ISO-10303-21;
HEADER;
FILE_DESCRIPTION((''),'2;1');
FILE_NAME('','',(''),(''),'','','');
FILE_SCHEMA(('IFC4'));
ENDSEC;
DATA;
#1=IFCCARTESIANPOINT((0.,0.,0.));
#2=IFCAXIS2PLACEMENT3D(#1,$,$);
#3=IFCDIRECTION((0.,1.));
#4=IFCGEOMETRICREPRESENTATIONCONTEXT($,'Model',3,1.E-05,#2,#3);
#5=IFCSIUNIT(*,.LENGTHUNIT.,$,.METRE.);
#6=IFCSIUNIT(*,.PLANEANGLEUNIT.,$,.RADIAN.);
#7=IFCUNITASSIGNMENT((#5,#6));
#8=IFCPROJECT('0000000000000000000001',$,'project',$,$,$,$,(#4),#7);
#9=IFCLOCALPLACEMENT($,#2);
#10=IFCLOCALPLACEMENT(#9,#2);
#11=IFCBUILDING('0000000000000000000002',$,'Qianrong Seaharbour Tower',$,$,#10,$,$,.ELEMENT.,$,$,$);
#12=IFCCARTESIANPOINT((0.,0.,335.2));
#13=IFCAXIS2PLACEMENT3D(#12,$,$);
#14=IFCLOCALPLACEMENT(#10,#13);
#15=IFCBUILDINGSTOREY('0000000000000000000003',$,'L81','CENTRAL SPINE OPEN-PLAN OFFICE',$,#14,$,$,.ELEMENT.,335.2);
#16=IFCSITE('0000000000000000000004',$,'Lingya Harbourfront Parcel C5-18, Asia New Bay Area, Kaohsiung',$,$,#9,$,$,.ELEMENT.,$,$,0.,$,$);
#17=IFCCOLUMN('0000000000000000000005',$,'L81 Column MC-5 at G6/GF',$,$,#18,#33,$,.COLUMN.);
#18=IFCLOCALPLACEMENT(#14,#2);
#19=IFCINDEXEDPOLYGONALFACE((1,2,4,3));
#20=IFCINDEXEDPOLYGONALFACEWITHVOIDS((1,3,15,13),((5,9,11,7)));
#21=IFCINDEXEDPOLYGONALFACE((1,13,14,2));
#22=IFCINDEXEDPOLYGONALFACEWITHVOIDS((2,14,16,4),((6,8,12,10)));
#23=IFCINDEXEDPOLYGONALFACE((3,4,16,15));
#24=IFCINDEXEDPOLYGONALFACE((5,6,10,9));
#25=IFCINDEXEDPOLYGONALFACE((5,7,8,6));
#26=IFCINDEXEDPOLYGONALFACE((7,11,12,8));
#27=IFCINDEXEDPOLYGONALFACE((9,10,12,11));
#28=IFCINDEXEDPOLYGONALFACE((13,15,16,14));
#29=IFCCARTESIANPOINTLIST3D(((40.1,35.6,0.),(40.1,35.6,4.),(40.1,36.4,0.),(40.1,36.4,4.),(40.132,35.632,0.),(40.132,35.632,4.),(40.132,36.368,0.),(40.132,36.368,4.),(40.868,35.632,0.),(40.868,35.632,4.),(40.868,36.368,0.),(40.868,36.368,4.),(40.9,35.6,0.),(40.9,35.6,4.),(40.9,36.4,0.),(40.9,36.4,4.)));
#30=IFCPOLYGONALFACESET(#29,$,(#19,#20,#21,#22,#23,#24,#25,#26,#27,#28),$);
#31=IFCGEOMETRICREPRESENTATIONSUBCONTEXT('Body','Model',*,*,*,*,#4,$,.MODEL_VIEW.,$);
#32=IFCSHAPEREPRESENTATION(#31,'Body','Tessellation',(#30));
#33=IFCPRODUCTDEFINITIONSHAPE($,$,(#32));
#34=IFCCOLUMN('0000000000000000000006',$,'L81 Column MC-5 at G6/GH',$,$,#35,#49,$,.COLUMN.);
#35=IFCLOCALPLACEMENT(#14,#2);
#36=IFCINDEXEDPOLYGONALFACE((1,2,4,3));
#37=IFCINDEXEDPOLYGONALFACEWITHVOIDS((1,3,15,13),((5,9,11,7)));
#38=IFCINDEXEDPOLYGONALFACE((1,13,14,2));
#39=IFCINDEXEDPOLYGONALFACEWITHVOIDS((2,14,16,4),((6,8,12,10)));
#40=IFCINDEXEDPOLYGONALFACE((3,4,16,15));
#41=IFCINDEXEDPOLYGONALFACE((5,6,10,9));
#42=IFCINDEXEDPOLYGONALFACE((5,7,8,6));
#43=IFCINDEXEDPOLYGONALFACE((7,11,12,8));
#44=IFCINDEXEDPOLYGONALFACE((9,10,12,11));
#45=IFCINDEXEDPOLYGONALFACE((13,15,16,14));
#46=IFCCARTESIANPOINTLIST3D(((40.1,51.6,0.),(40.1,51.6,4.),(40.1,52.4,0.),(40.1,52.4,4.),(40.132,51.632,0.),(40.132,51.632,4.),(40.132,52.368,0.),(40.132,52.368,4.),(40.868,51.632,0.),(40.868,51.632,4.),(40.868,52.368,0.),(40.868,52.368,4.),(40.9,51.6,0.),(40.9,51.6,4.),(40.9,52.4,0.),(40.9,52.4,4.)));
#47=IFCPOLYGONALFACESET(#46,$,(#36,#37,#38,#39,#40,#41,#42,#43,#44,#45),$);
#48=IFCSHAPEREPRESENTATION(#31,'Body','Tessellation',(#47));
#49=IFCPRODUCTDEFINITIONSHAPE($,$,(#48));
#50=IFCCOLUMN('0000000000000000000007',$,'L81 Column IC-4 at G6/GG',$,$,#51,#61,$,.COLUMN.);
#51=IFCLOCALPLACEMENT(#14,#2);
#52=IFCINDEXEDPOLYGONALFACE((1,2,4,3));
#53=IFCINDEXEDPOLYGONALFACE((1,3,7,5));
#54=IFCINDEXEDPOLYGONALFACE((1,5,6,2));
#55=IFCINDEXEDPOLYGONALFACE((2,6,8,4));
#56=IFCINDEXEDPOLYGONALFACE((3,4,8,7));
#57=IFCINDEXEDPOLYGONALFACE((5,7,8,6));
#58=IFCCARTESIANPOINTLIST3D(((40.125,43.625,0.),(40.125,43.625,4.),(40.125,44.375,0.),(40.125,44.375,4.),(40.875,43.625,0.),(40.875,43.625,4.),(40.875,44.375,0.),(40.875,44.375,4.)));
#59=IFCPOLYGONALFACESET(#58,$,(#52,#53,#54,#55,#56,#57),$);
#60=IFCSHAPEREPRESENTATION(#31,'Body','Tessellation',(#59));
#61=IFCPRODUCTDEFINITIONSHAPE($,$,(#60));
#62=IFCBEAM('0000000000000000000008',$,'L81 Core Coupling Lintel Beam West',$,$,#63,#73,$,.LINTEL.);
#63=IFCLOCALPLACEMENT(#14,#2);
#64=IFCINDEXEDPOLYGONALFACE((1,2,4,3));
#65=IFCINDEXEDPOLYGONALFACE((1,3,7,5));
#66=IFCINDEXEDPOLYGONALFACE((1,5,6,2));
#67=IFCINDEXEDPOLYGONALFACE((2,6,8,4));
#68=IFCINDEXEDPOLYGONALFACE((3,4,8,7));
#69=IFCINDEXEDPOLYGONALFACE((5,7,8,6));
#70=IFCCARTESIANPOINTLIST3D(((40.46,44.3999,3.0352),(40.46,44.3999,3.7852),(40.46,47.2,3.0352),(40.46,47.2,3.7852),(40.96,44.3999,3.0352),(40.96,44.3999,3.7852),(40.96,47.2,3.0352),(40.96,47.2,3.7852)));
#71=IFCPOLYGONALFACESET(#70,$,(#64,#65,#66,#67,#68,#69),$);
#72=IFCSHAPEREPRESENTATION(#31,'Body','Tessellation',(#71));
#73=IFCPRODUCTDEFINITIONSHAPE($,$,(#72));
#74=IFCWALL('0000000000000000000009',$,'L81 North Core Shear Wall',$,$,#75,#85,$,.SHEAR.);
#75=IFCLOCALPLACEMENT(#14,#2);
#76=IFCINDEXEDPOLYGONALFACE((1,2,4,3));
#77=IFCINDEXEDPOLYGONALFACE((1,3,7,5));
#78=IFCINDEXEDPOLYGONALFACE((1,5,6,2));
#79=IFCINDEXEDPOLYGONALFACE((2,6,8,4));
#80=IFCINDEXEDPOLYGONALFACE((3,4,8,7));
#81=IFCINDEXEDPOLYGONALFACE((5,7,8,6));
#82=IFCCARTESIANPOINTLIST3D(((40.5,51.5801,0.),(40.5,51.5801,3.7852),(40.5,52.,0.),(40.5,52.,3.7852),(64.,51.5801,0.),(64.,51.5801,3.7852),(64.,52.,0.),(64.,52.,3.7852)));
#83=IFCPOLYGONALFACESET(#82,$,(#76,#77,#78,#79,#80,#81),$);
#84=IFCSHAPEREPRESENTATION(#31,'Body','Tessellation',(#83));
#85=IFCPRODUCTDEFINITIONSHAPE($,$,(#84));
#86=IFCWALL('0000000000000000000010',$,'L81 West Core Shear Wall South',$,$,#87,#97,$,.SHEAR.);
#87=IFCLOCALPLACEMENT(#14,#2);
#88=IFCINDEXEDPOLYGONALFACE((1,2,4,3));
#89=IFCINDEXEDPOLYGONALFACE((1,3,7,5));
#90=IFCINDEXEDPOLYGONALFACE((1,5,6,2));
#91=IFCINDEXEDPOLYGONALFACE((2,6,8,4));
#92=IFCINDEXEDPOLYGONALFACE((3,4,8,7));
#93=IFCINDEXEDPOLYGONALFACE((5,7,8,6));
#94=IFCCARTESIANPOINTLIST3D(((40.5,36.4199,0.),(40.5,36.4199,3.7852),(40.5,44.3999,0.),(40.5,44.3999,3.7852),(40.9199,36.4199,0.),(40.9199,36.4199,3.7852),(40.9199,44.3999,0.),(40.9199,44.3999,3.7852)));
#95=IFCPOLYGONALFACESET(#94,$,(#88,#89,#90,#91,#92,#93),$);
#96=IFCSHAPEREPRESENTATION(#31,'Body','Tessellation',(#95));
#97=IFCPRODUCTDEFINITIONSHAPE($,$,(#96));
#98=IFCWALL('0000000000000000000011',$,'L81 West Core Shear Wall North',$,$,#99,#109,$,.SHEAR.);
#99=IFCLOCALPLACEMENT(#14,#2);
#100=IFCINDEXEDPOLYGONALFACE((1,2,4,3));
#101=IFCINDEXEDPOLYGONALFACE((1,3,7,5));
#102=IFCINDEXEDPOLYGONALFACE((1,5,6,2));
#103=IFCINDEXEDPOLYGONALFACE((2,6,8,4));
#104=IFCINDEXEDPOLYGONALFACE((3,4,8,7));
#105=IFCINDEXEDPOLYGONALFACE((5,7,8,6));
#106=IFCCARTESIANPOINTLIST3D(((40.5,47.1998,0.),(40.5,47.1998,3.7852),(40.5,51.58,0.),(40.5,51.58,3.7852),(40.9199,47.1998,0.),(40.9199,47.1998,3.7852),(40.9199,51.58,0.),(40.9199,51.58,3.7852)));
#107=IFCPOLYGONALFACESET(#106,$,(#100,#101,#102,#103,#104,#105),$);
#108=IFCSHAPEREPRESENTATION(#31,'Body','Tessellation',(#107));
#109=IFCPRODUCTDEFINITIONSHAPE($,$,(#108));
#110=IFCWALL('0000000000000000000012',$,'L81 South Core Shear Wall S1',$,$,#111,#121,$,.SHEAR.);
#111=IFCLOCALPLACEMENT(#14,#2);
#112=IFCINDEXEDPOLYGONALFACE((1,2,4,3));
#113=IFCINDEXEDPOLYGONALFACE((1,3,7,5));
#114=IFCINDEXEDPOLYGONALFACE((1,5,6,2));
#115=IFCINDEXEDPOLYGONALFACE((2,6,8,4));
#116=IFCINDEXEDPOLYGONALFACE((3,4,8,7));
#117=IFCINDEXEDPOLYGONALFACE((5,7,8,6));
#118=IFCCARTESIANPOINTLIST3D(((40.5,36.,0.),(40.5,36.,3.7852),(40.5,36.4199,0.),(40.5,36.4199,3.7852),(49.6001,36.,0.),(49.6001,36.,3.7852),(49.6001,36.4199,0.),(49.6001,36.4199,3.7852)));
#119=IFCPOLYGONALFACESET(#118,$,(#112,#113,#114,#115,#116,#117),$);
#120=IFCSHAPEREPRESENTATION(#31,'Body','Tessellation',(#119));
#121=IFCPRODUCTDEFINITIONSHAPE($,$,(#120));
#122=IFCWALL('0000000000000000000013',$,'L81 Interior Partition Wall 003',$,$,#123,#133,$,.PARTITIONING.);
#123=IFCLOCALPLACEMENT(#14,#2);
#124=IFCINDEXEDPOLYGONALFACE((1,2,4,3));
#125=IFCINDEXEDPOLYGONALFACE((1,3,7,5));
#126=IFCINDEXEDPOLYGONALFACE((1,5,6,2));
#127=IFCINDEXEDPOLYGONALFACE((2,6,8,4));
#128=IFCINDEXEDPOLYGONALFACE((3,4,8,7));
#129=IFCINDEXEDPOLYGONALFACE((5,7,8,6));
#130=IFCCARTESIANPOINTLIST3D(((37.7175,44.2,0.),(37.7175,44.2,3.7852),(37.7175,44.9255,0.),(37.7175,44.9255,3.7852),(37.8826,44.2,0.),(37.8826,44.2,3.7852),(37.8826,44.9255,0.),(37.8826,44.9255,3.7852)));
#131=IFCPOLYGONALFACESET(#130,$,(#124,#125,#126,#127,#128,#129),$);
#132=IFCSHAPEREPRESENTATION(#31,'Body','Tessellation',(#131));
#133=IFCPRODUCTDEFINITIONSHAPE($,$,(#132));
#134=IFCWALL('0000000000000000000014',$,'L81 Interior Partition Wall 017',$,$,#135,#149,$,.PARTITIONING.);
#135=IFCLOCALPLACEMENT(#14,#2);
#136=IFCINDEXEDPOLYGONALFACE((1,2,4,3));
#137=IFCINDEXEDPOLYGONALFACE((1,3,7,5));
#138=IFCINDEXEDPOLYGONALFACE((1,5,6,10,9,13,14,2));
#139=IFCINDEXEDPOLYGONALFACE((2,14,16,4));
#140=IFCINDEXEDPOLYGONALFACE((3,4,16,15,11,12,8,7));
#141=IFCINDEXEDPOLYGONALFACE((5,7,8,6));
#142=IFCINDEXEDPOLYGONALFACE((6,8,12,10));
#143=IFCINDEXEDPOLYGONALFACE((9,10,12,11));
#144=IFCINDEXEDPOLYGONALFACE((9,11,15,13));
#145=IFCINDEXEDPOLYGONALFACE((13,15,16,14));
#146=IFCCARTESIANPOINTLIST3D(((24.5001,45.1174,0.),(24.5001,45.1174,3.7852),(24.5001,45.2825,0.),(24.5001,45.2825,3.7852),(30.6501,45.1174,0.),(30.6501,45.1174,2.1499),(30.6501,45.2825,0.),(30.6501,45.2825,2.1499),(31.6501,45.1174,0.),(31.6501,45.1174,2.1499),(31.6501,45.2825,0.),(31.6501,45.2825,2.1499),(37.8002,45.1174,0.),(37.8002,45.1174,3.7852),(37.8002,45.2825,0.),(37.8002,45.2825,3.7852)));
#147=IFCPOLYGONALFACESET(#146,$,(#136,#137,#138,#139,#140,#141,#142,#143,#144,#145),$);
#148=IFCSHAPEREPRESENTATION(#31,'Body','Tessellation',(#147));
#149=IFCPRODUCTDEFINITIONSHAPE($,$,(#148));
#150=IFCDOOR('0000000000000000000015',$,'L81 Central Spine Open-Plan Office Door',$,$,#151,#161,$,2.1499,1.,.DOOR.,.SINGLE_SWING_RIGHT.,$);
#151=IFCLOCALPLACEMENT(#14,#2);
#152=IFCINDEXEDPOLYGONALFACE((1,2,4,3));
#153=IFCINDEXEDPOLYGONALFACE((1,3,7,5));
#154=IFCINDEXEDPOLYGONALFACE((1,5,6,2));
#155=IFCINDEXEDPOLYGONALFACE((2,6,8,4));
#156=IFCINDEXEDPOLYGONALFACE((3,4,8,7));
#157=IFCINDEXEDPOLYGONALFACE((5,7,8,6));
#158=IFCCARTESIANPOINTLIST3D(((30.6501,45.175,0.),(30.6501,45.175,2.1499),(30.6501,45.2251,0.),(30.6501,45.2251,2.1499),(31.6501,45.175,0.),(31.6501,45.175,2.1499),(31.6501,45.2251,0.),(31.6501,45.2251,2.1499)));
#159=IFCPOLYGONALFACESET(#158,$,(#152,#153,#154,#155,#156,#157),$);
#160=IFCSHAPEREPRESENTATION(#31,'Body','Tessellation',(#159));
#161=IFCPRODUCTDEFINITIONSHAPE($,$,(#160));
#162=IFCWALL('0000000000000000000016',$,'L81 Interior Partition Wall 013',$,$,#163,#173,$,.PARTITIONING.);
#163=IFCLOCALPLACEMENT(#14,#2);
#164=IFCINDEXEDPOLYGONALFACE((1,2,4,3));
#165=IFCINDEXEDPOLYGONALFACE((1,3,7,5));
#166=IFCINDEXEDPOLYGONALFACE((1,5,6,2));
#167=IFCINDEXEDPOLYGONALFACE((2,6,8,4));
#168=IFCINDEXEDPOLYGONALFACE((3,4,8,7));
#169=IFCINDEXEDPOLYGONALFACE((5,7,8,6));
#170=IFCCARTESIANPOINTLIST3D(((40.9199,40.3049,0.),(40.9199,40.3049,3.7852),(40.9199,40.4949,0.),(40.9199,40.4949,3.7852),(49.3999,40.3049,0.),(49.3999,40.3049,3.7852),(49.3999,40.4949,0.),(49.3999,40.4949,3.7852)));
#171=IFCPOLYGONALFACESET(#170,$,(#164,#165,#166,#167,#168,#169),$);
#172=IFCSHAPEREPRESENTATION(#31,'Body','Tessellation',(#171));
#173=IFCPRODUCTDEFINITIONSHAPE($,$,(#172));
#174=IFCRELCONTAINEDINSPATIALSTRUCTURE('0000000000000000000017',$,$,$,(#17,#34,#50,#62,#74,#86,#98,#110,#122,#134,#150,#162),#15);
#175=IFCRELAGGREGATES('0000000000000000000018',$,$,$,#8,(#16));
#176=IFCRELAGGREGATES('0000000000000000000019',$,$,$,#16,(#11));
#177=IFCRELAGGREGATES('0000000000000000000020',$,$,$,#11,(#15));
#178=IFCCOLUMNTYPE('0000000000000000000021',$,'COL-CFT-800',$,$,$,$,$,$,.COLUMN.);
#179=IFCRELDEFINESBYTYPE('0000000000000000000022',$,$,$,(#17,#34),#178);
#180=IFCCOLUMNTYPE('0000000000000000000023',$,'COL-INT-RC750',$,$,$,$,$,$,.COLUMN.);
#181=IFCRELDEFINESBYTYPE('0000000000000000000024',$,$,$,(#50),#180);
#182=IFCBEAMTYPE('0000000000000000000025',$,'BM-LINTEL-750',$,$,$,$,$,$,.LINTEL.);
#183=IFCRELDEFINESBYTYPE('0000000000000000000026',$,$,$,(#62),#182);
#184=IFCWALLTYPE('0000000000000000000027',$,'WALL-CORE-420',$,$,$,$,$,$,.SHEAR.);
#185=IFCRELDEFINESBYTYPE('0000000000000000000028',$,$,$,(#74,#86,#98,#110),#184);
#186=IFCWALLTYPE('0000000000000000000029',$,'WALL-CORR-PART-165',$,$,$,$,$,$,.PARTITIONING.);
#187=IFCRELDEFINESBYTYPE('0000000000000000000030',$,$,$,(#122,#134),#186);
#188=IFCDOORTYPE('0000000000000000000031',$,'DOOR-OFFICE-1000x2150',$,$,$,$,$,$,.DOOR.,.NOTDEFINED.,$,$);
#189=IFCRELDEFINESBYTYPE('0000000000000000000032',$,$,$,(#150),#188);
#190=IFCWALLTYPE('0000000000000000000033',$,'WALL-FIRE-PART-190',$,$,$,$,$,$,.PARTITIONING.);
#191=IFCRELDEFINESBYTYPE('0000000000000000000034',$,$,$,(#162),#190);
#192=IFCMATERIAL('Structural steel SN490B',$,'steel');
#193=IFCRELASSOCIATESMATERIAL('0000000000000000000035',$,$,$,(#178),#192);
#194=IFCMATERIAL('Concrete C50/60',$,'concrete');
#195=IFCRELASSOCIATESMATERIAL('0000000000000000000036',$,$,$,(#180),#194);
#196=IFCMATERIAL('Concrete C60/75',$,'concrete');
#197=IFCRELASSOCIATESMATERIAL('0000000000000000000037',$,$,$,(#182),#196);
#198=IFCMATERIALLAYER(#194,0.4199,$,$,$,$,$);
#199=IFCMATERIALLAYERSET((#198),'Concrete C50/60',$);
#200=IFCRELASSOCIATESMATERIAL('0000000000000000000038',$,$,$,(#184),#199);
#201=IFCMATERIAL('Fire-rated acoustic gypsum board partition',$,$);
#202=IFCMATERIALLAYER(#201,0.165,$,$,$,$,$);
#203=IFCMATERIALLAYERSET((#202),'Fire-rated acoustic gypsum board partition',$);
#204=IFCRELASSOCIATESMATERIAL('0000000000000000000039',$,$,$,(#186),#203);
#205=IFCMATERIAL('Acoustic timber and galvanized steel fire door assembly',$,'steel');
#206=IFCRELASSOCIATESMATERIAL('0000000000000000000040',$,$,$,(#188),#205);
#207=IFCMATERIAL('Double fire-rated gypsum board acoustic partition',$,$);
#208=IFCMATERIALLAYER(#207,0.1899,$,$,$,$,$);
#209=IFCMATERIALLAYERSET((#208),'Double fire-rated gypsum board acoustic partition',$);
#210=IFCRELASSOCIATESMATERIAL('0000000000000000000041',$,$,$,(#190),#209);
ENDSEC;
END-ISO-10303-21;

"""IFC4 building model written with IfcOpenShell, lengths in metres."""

from ifc_helpers import new_model, si_unit, direction, frame, frame_2d, origin, origin_2d, place, context, subcontext, project, spatial, rectangle, hollow_rectangle, extrude, material, layer, layer_set, material_profile, profile_set, type_object, element, fill, save


model = new_model("IFC4")

# Units and contexts
model_context = context("Model", 3, precision=1e-05, world=origin(), true_north=direction((0.0, 1.0)))
body_context = subcontext(model_context, "Body", "Model", "MODEL_VIEW")
ifc_project = project(units=[si_unit("LENGTHUNIT", "METRE"), si_unit("PLANEANGLEUNIT", "RADIAN")], contexts=[model_context])

# Site, building, storey
site_placement = place(None, origin())
site = spatial("IfcSite", under=ifc_project, at=site_placement, Name="Lingya Harbourfront Parcel C5-18, Asia New Bay Area, Kaohsiung", CompositionType="ELEMENT", RefElevation=0.0)
building_placement = place(site_placement, origin())
building = spatial("IfcBuilding", under=site, at=building_placement, Name="Qianrong Seaharbour Tower", CompositionType="ELEMENT")
storey_placement = place(building_placement, frame((0.0, 0.0, 335.2)))
storey = spatial("IfcBuildingStorey", under=building, at=storey_placement, Name="L81", Description="CENTRAL SPINE OPEN-PLAN OFFICE", CompositionType="ELEMENT", Elevation=335.2)

# Columns
ifc_material_1 = material(Name="Structural steel SN490B", Category="steel")
ifc_material_profile_1 = material_profile(ifc_material_1, hollow_rectangle(XDim=0.8, YDim=0.8, WallThickness=0.032, at=origin_2d()), Name="BOX800x800x32")
ifc_profile_set_1 = profile_set([ifc_material_profile_1], Name="Structural steel SN490B")
column_type_1 = type_object("IfcColumnType", Name="COL-CFT-800", PredefinedType="COLUMN", material=ifc_profile_set_1)
for number, where, z_axis, x_axis, name in (
    (1, (40.5, 36.0, 0.0), (0.0, 0.0, 1.0), (1.0, 0.0, 0.0), "L81 Column MC-5 at G6/GF"),
    (2, (40.5, 52.0, 0.0), (0.0, 0.0, 1.0), (1.0, 0.0, 0.0), "L81 Column MC-5 at G6/GH"),
):
    element("IfcColumn", number, at=place(storey_placement, frame(where, z_axis=z_axis, x_axis=x_axis)), inside=storey, type_object=column_type_1, Name=name, PredefinedType="COLUMN", context=body_context, shape_type="SweptSolid", body=[
        extrude(hollow_rectangle(XDim=0.8, YDim=0.8, WallThickness=0.032, at=origin_2d()), origin(), (0.0, 0.0, 1.0), 4.0),
    ])
ifc_material_2 = material(Name="Concrete C50/60", Category="concrete")
ifc_material_profile_2 = material_profile(ifc_material_2, rectangle(XDim=0.75, YDim=0.75, at=origin_2d()), Name="RC750x750")
ifc_profile_set_2 = profile_set([ifc_material_profile_2], Name="Concrete C50/60")
column_type_2 = type_object("IfcColumnType", Name="COL-INT-RC750", PredefinedType="COLUMN", material=ifc_profile_set_2)
column_placement = place(storey_placement, frame((40.5, 44.0, 0.0), z_axis=(0.0, 0.0, 1.0), x_axis=(1.0, 0.0, 0.0)))
element("IfcColumn", 3, at=column_placement, inside=storey, type_object=column_type_2, Name="L81 Column IC-4 at G6/GG", PredefinedType="COLUMN", context=body_context, shape_type="SweptSolid", body=[
    extrude(rectangle(XDim=0.75, YDim=0.75, at=origin_2d()), origin(), (0.0, 0.0, 1.0), 4.0),
])

# Beam
ifc_material_3 = material(Name="Concrete C60/75", Category="concrete")
ifc_material_profile_3 = material_profile(ifc_material_3, rectangle(XDim=0.5, YDim=0.75, at=origin_2d()), Name="RC500x750")
ifc_profile_set_3 = profile_set([ifc_material_profile_3], Name="Concrete C60/75")
beam_type = type_object("IfcBeamType", Name="BM-LINTEL-750", PredefinedType="LINTEL", material=ifc_profile_set_3)
beam_placement = place(storey_placement, frame((40.71, 44.3999, 3.4102), z_axis=(0.0, 1.0, 0.0), x_axis=(-1.0, 0.0, 0.0)))
element("IfcBeam", 4, at=beam_placement, inside=storey, type_object=beam_type, Name="L81 Core Coupling Lintel Beam West", PredefinedType="LINTEL", context=body_context, shape_type="SweptSolid", body=[
    extrude(rectangle(XDim=0.5, YDim=0.75, at=origin_2d()), origin(), (0.0, 0.0, 1.0), 2.8),
])

# Walls
ifc_layer_1 = layer(ifc_material_2, 0.4199)
ifc_layer_set_1 = layer_set([ifc_layer_1], Name="Concrete C50/60")
wall_type_1 = type_object("IfcWallType", Name="WALL-CORE-420", PredefinedType="SHEAR", material=ifc_layer_set_1)
wall_1_placement = place(storey_placement, frame((40.5, 51.79, 0.0), z_axis=(0.0, 0.0, 1.0), x_axis=(1.0, 0.0, 0.0)))
element("IfcWall", 5, at=wall_1_placement, inside=storey, type_object=wall_type_1, Name="L81 North Core Shear Wall", PredefinedType="SHEAR", context=body_context, shape_type="SweptSolid", body=[
    extrude(rectangle(XDim=23.5, YDim=0.4199, at=frame_2d((11.75, 0.0))), origin(), (0.0, 0.0, 1.0), 3.7852),
])
wall_2_placement = place(storey_placement, frame((40.71, 36.4199, 0.0), z_axis=(0.0, 0.0, 1.0), x_axis=(0.0, 1.0, 0.0)))
element("IfcWall", 6, at=wall_2_placement, inside=storey, type_object=wall_type_1, Name="L81 West Core Shear Wall South", PredefinedType="SHEAR", context=body_context, shape_type="SweptSolid", body=[
    extrude(rectangle(XDim=7.98, YDim=0.4199, at=frame_2d((3.99, 0.0))), origin(), (0.0, 0.0, 1.0), 3.7852),
])
wall_3_placement = place(storey_placement, frame((40.71, 47.2, 0.0), z_axis=(0.0, 0.0, 1.0), x_axis=(0.0, 1.0, 0.0)))
element("IfcWall", 7, at=wall_3_placement, inside=storey, type_object=wall_type_1, Name="L81 West Core Shear Wall North", PredefinedType="SHEAR", context=body_context, shape_type="SweptSolid", body=[
    extrude(rectangle(XDim=4.3801, YDim=0.4199, at=frame_2d((2.1899, 0.0))), origin(), (0.0, 0.0, 1.0), 3.7852),
])
wall_4_placement = place(storey_placement, frame((40.5, 36.21, 0.0), z_axis=(0.0, 0.0, 1.0), x_axis=(1.0, 0.0, 0.0)))
element("IfcWall", 8, at=wall_4_placement, inside=storey, type_object=wall_type_1, Name="L81 South Core Shear Wall S1", PredefinedType="SHEAR", context=body_context, shape_type="SweptSolid", body=[
    extrude(rectangle(XDim=9.1001, YDim=0.4199, at=frame_2d((4.55, 0.0))), origin(), (0.0, 0.0, 1.0), 3.7852),
])

# Shared definitions
ifc_material_4 = material(Name="Fire-rated acoustic gypsum board partition")
ifc_layer_2 = layer(ifc_material_4, 0.165)
ifc_layer_set_2 = layer_set([ifc_layer_2], Name="Fire-rated acoustic gypsum board partition")
wall_type_2 = type_object("IfcWallType", Name="WALL-CORR-PART-165", PredefinedType="PARTITIONING", material=ifc_layer_set_2)
ifc_material_5 = material(Name="Acoustic timber and galvanized steel fire door assembly", Category="steel")

# Wall
wall_5_placement = place(storey_placement, frame((37.8, 44.2, 0.0), z_axis=(0.0, 0.0, 1.0), x_axis=(0.0, 1.0, 0.0)))
element("IfcWall", 9, at=wall_5_placement, inside=storey, type_object=wall_type_2, Name="L81 Interior Partition Wall 003", PredefinedType="PARTITIONING", context=body_context, shape_type="SweptSolid", body=[
    extrude(rectangle(XDim=0.7256, YDim=0.165, at=frame_2d((0.3628, 0.0))), origin(), (0.0, 0.0, 1.0), 3.7852),
])

# Wall, opening, door
wall_6_placement = place(storey_placement, frame((37.8, 45.2, 0.0), z_axis=(0.0, 0.0, 1.0), x_axis=(-1.0, 0.0, 0.0)))
wall_6 = element("IfcWall", 10, at=wall_6_placement, inside=storey, type_object=wall_type_2, Name="L81 Interior Partition Wall 017", PredefinedType="PARTITIONING", context=body_context, shape_type="SweptSolid", body=[
    extrude(rectangle(XDim=13.3, YDim=0.165, at=frame_2d((6.6499, 0.0))), origin(), (0.0, 0.0, 1.0), 3.7852),
])
opening_1_placement = place(wall_6_placement, frame((6.1499, 0.0, 0.0)))
opening_1 = element("IfcOpeningElement", 11, at=opening_1_placement, cuts=wall_6, PredefinedType="OPENING", context=body_context, shape_type="SweptSolid", body=[
    extrude(rectangle(XDim=1.0, YDim=2.1499, at=frame_2d((0.5, 1.075))), frame((0.0, 0.0925, 0.0), z_axis=(0.0, -1.0, 0.0), x_axis=(1.0, 0.0, 0.0)), (0.0, 0.0, 1.0), 0.1851),
])
door_type_1 = type_object("IfcDoorType", Name="DOOR-OFFICE-1000x2150", OperationType="NOTDEFINED", PredefinedType="DOOR", material=ifc_material_5)
door_1_placement = place(opening_1_placement, origin())
door_1 = element("IfcDoor", 12, at=door_1_placement, inside=storey, type_object=door_type_1, Name="L81 Central Spine Open-Plan Office Door", OperationType="SINGLE_SWING_RIGHT", OverallHeight=2.1499, OverallWidth=1.0, PredefinedType="DOOR", context=body_context, shape_type="SweptSolid", body=[
    extrude(rectangle(XDim=1.0, YDim=2.1499, at=frame_2d((0.5, 1.075))), frame((0.0, 0.0249, 0.0), z_axis=(0.0, -1.0, 0.0), x_axis=(1.0, 0.0, 0.0)), (0.0, 0.0, 1.0), 0.05),
])
fill(opening_1, door_1)

# Wall
ifc_material_6 = material(Name="Double fire-rated gypsum board acoustic partition")
ifc_layer_3 = layer(ifc_material_6, 0.1899)
ifc_layer_set_3 = layer_set([ifc_layer_3], Name="Double fire-rated gypsum board acoustic partition")
wall_type_3 = type_object("IfcWallType", Name="WALL-FIRE-PART-190", PredefinedType="PARTITIONING", material=ifc_layer_set_3)
wall_7_placement = place(storey_placement, frame((40.9199, 40.3999, 0.0), z_axis=(0.0, 0.0, 1.0), x_axis=(1.0, 0.0, 0.0)))
element("IfcWall", 13, at=wall_7_placement, inside=storey, type_object=wall_type_3, Name="L81 Interior Partition Wall 013", PredefinedType="PARTITIONING", context=body_context, shape_type="SweptSolid", body=[
    extrude(rectangle(XDim=8.48, YDim=0.1899, at=frame_2d((4.24, 0.0))), origin(), (0.0, 0.0, 1.0), 3.7852),
])

save(model, "model.ifc")
